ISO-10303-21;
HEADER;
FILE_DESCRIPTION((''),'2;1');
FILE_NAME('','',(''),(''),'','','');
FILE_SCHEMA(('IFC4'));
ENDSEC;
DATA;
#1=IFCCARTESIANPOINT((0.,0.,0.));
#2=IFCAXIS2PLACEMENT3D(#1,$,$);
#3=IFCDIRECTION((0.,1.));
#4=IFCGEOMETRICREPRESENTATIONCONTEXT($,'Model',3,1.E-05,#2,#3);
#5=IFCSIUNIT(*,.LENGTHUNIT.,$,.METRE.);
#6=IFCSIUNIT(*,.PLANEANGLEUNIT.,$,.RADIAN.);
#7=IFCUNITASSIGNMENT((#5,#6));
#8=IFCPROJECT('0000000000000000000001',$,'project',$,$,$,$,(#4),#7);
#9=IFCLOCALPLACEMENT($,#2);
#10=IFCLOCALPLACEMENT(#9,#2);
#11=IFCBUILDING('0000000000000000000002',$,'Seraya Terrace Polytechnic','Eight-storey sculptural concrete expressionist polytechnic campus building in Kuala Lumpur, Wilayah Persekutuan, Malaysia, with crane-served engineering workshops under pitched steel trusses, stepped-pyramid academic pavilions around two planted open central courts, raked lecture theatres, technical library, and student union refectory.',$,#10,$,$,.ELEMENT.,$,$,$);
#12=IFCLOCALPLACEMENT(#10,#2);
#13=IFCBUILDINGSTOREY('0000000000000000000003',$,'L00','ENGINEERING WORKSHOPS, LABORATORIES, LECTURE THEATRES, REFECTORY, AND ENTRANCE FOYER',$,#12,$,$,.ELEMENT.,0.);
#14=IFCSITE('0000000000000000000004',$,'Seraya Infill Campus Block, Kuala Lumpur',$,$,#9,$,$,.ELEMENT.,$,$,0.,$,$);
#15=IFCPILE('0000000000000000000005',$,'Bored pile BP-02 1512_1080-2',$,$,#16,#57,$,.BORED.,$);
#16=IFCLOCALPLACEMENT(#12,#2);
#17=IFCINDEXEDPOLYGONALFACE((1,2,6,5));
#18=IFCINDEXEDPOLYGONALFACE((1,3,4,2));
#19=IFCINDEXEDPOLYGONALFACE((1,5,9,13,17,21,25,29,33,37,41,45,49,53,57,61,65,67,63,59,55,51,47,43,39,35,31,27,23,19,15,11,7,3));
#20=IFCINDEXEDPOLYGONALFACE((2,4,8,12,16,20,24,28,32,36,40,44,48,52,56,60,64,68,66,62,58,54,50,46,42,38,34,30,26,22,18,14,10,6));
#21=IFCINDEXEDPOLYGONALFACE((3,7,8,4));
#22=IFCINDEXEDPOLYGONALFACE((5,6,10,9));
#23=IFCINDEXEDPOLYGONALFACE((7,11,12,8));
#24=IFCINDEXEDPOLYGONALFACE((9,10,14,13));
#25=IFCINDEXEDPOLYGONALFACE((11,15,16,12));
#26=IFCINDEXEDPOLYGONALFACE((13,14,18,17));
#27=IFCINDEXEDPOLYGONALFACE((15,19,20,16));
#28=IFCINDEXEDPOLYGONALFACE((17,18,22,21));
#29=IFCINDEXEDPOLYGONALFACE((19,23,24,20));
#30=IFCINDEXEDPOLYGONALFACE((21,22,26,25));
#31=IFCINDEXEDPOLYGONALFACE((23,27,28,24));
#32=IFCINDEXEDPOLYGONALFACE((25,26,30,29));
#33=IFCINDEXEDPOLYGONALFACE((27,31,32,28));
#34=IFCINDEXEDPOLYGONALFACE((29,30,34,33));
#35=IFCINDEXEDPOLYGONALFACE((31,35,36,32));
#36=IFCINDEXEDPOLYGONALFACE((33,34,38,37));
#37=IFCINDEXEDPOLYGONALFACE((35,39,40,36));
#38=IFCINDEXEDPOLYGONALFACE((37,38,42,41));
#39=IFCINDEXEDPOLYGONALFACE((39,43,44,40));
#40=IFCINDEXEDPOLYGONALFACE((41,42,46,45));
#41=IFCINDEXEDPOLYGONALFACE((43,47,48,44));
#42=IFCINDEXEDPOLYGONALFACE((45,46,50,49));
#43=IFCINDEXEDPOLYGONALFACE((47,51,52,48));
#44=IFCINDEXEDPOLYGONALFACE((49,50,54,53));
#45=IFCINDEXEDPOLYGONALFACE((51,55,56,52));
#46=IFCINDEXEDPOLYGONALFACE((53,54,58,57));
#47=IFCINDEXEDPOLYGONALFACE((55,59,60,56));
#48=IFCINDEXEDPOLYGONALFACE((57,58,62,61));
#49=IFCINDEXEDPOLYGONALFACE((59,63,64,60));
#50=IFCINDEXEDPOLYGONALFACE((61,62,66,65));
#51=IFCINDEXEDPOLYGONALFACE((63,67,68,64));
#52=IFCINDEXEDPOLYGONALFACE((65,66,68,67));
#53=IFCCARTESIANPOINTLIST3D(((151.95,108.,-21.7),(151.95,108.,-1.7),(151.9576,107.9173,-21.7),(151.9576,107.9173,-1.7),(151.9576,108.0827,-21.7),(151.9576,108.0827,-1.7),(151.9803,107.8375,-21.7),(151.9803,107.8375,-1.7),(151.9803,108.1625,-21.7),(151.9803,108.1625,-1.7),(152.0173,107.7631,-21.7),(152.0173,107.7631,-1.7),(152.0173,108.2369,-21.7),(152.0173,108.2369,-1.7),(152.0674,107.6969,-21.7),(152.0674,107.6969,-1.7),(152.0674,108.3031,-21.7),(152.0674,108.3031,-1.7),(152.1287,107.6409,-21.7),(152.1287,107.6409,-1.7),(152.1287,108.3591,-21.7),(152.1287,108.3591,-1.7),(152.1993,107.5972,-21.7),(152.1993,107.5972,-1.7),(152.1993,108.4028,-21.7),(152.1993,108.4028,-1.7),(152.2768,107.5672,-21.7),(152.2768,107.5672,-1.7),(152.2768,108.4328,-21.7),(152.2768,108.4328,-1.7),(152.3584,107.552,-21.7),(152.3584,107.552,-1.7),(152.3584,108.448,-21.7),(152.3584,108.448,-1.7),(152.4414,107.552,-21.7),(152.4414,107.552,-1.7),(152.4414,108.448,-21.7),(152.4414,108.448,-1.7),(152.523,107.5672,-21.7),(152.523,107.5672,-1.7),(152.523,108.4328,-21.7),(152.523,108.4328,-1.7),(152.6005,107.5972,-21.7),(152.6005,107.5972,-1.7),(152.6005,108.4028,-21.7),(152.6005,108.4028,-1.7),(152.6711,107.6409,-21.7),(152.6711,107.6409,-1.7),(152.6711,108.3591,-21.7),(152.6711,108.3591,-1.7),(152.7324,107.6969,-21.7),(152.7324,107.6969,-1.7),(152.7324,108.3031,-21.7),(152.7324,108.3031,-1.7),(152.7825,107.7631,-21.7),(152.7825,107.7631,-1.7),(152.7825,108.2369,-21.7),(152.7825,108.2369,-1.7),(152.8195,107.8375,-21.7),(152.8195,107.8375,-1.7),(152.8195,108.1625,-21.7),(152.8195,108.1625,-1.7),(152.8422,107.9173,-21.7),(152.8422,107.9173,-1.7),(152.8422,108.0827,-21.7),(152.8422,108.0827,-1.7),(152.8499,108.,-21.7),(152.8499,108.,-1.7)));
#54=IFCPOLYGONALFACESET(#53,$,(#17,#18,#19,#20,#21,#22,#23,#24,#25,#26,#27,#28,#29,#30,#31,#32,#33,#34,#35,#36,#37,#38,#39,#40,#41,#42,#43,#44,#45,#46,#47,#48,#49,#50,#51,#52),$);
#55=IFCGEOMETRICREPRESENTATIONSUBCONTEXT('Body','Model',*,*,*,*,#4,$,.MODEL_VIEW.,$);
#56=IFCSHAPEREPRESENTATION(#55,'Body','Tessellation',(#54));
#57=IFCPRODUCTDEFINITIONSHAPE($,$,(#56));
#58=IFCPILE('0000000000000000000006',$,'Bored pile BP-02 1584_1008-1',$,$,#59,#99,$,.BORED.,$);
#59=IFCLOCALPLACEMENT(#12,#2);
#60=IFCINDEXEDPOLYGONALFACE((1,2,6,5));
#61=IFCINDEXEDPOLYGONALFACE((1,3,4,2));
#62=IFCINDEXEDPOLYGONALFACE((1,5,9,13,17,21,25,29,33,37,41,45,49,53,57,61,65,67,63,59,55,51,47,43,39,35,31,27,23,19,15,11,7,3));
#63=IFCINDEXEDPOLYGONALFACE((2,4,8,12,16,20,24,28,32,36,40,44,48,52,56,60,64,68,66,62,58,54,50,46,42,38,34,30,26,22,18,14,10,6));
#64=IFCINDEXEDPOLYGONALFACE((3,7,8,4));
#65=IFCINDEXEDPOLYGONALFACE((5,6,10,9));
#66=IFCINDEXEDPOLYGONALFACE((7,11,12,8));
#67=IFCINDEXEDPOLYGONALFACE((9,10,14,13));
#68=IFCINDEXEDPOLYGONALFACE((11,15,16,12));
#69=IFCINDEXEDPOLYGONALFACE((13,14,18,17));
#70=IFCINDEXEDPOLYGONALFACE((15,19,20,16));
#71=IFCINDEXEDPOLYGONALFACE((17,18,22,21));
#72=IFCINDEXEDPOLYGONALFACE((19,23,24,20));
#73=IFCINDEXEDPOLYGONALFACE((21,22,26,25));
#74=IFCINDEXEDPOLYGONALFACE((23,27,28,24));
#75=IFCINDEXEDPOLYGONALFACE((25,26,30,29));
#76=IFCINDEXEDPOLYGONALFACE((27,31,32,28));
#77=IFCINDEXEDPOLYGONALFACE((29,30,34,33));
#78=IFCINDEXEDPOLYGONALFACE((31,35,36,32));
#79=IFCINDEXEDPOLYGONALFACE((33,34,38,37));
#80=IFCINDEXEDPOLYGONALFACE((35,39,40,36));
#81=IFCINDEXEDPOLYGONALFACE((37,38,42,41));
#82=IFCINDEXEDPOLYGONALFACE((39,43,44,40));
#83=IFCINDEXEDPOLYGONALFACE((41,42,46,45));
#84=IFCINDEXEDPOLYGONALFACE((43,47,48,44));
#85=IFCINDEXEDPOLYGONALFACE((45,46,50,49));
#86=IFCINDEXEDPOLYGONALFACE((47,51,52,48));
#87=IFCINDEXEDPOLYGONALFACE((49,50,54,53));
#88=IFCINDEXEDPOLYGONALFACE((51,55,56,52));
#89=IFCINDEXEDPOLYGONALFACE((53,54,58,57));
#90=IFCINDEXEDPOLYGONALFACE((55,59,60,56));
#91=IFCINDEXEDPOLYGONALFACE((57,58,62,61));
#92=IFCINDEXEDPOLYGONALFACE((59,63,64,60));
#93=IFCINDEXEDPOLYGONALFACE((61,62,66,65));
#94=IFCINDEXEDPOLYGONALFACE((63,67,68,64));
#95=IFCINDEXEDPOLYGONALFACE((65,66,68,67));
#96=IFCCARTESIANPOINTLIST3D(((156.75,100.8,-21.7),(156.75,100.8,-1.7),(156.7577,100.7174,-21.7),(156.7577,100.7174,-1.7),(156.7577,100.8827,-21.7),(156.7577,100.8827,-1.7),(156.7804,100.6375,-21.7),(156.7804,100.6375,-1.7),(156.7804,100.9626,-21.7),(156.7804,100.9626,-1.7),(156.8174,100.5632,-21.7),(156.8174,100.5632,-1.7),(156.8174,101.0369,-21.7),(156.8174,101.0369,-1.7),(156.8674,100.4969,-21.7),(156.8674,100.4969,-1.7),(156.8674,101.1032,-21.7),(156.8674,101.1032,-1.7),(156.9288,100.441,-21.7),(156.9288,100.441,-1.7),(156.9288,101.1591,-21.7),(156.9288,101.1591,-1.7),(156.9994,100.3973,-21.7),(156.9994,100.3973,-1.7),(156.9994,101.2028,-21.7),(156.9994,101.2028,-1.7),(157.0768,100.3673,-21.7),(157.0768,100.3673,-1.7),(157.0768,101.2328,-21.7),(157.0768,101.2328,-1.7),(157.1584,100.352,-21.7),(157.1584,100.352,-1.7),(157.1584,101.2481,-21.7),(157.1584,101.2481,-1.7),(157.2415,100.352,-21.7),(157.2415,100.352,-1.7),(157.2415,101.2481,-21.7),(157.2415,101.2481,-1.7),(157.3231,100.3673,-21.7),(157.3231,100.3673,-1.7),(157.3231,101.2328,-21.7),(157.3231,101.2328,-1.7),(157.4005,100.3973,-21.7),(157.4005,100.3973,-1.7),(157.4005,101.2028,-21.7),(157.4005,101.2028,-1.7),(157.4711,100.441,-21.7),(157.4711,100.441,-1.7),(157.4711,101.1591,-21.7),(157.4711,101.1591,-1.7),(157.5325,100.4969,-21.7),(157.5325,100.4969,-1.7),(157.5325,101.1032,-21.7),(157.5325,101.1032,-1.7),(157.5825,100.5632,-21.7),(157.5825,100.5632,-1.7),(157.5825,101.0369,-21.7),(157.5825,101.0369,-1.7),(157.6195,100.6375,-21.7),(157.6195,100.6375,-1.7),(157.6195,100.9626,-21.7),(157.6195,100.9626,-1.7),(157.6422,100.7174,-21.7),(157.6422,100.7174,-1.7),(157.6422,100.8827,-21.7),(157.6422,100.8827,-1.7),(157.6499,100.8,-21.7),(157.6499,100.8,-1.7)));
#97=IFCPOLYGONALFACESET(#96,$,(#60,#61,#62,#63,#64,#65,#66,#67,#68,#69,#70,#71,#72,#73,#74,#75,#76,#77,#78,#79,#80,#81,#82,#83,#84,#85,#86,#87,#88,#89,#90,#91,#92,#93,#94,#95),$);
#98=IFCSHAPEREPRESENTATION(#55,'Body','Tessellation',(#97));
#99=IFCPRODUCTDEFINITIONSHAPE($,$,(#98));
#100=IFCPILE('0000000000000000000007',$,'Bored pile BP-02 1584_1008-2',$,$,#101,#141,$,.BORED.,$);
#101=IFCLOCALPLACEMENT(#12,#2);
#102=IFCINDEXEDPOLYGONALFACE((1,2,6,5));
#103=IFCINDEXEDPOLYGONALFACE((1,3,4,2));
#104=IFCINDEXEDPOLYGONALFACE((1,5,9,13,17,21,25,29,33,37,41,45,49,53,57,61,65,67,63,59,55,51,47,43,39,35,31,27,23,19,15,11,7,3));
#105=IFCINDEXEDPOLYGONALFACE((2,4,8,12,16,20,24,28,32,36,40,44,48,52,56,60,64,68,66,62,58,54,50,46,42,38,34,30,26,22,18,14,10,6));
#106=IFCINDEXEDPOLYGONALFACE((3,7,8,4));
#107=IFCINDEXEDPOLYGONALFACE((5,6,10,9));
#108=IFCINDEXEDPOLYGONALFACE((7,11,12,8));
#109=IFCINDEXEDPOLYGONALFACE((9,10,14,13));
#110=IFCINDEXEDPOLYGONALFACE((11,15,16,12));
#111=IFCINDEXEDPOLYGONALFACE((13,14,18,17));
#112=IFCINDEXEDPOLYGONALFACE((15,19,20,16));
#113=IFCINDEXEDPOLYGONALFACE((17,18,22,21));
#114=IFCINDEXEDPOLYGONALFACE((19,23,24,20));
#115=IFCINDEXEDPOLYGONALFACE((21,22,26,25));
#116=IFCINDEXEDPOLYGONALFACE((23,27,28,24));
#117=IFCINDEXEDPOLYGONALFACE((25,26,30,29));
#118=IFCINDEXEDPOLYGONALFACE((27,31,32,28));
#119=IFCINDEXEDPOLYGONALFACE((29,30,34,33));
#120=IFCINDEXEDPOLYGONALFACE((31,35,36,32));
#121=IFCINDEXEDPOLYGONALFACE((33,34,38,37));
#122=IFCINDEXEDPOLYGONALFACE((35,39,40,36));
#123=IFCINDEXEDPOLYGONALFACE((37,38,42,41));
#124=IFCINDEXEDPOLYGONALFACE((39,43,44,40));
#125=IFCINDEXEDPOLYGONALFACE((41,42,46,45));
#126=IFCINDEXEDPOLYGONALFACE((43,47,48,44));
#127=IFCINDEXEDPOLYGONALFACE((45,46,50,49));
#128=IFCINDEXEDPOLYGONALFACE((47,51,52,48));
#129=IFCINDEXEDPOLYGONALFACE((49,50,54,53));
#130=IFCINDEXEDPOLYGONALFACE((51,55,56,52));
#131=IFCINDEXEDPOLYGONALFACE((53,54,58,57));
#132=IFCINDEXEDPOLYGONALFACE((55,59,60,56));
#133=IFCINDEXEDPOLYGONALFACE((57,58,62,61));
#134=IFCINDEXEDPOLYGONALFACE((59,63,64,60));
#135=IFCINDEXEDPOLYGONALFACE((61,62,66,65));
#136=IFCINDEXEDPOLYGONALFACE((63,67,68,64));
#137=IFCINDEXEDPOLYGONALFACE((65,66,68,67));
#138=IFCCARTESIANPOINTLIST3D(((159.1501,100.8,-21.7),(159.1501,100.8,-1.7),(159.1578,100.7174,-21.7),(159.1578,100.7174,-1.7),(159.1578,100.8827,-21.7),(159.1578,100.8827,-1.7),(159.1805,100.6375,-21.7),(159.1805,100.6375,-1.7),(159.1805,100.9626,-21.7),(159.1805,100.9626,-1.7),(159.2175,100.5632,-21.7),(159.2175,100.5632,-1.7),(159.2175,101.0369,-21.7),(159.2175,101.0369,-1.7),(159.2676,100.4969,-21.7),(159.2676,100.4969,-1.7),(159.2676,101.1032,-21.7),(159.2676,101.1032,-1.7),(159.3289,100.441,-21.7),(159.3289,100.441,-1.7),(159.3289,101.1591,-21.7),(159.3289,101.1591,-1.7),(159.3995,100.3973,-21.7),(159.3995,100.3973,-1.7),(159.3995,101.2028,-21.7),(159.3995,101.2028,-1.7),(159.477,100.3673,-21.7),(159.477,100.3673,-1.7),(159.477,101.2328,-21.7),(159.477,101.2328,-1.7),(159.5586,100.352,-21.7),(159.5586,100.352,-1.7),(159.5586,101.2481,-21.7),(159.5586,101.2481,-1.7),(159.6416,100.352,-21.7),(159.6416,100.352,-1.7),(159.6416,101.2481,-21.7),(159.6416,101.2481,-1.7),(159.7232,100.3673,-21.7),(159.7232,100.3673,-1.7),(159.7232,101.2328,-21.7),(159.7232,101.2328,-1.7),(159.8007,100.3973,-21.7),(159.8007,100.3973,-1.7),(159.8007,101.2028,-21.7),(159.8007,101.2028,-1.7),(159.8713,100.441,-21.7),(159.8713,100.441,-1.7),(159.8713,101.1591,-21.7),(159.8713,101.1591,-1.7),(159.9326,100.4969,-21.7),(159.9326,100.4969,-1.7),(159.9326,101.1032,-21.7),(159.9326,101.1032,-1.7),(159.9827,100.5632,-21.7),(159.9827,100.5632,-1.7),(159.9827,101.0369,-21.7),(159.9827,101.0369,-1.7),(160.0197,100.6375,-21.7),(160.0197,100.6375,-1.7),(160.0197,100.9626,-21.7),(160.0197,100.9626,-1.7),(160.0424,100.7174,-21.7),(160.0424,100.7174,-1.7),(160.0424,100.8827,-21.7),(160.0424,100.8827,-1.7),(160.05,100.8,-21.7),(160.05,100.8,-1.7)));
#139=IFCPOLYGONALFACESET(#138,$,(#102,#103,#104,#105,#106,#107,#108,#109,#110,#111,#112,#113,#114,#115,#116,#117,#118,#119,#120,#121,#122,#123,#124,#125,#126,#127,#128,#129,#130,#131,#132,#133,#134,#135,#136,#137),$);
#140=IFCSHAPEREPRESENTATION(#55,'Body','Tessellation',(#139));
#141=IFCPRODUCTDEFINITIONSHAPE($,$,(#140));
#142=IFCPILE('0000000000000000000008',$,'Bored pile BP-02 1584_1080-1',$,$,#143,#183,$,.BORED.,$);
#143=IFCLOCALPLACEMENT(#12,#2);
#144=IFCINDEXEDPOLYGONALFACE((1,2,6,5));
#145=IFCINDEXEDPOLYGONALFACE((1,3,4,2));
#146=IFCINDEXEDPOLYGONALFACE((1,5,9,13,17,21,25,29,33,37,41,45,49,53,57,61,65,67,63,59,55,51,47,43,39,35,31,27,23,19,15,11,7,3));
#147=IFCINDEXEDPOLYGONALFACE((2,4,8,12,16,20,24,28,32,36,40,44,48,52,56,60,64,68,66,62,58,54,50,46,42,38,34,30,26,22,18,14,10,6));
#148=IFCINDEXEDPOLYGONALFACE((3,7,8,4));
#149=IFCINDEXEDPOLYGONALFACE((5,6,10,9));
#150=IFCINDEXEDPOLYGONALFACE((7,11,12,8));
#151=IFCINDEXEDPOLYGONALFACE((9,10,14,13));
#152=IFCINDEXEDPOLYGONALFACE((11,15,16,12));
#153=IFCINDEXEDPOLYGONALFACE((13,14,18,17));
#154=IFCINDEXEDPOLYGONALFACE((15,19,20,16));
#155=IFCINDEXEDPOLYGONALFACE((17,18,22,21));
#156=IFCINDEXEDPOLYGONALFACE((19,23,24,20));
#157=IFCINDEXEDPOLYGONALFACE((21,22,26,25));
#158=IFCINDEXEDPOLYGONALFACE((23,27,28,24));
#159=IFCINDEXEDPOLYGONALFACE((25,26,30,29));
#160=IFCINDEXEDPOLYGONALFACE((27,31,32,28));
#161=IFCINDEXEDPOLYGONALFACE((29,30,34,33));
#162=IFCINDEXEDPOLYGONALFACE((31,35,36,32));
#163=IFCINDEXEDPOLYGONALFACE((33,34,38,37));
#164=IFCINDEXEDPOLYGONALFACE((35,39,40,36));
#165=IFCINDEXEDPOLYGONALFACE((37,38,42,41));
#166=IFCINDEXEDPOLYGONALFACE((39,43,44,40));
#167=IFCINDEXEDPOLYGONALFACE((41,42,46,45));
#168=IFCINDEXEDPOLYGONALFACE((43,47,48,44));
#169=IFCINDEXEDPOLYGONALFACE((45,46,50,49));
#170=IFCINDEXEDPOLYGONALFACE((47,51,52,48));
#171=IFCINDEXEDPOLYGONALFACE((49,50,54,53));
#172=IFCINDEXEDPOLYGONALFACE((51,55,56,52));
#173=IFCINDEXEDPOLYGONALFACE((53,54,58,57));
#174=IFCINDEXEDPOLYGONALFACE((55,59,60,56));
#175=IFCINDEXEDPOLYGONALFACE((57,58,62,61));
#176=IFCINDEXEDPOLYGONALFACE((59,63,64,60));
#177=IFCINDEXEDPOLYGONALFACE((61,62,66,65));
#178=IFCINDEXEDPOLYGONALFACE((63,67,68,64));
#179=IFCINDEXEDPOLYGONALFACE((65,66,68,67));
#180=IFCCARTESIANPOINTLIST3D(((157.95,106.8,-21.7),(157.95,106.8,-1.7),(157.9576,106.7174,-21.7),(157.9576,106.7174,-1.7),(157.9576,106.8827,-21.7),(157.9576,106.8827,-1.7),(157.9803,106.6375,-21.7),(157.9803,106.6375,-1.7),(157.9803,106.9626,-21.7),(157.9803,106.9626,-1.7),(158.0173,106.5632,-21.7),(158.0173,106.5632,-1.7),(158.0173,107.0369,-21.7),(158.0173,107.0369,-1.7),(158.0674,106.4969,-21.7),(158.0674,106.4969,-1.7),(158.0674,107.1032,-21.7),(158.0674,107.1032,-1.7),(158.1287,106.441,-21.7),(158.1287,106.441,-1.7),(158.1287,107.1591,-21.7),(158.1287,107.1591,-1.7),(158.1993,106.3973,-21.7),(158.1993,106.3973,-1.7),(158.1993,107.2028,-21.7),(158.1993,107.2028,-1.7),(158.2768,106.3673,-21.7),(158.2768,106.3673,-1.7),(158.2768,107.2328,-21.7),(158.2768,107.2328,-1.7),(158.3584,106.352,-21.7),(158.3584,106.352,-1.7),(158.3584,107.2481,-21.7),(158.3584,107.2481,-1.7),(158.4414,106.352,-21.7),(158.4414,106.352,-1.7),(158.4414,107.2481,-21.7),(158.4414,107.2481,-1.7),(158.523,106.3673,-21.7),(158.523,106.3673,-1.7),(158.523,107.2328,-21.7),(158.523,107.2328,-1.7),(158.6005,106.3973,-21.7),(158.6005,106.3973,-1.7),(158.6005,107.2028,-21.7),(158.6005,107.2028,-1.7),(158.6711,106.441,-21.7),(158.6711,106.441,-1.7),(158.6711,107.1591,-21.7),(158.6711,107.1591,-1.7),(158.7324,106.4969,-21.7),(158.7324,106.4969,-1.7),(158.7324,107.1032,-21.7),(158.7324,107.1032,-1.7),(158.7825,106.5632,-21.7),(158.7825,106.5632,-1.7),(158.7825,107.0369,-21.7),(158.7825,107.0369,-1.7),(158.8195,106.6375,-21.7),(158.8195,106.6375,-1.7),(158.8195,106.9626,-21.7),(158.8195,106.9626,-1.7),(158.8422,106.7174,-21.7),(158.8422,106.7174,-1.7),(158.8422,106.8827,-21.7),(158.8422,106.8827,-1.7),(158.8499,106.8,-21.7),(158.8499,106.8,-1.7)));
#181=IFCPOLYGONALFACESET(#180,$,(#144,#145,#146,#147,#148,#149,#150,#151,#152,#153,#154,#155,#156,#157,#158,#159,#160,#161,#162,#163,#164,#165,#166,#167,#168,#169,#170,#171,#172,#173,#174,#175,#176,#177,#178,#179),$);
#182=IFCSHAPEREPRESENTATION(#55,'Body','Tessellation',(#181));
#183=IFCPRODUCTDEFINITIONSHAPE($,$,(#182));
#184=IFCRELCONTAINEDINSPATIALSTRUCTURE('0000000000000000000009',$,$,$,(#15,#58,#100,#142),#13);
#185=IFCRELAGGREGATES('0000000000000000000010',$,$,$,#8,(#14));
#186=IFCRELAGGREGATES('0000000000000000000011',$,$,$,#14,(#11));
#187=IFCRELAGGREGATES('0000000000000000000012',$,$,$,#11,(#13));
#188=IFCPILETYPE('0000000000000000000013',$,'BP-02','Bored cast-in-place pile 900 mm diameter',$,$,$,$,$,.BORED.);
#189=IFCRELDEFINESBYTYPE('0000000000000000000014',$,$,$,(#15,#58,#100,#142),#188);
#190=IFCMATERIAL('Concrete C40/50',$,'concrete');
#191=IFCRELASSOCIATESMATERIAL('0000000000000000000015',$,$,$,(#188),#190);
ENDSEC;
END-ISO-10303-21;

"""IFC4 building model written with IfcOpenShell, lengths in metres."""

from ifc_helpers import new_model, si_unit, direction, frame, origin, origin_2d, place, context, subcontext, project, spatial, circle, extrude, material, material_profile, profile_set, type_object, element, save


model = new_model("IFC4")

# Units and contexts
model_context = context("Model", 3, precision=1e-05, world=origin(), true_north=direction((0.0, 1.0)))
body_context = subcontext(model_context, "Body", "Model", "MODEL_VIEW")
ifc_project = project(units=[si_unit("LENGTHUNIT", "METRE"), si_unit("PLANEANGLEUNIT", "RADIAN")], contexts=[model_context])

# Site, building, storey
site_placement = place(None, origin())
site = spatial("IfcSite", under=ifc_project, at=site_placement, Name="Seraya Infill Campus Block, Kuala Lumpur", CompositionType="ELEMENT", RefElevation=0.0)
building_placement = place(site_placement, origin())
building = spatial("IfcBuilding", under=site, at=building_placement, Name="Seraya Terrace Polytechnic", Description="Eight-storey sculptural concrete expressionist polytechnic campus building in Kuala Lumpur, Wilayah Persekutuan, Malaysia, with crane-served engineering workshops under pitched steel trusses, stepped-pyramid academic pavilions around two planted open central courts, raked lecture theatres, technical library, and student union refectory.", CompositionType="ELEMENT")
storey_placement = place(building_placement, origin())
storey = spatial("IfcBuildingStorey", under=building, at=storey_placement, Name="L00", Description="ENGINEERING WORKSHOPS, LABORATORIES, LECTURE THEATRES, REFECTORY, AND ENTRANCE FOYER", CompositionType="ELEMENT", Elevation=0.0)

# Piles
ifc_material_1 = material(Name="Concrete C40/50", Category="concrete")
ifc_material_profile_1 = material_profile(ifc_material_1, circle(Radius=0.45, at=origin_2d()), Name="DIA 900")
ifc_profile_set_1 = profile_set([ifc_material_profile_1], Name="Concrete C40/50")
pile_type = type_object("IfcPileType", Name="BP-02", Description="Bored cast-in-place pile 900 mm diameter", PredefinedType="BORED", material=ifc_profile_set_1)
for number, where, z_axis, x_axis, name in (
    (1, (152.3999, 108.0, -1.7), (0.0, 0.0, -1.0), (1.0, 0.0, 0.0), "Bored pile BP-02 1512_1080-2"),
    (2, (157.2, 100.8, -1.7), (0.0, 0.0, -1.0), (1.0, 0.0, 0.0), "Bored pile BP-02 1584_1008-1"),
    (3, (159.6001, 100.8, -1.7), (0.0, 0.0, -1.0), (1.0, 0.0, 0.0), "Bored pile BP-02 1584_1008-2"),
    (4, (158.3999, 106.8, -1.7), (0.0, 0.0, -1.0), (1.0, 0.0, 0.0), "Bored pile BP-02 1584_1080-1"),
):
    element("IfcPile", number, at=place(storey_placement, frame(where, z_axis=z_axis, x_axis=x_axis)), inside=storey, type_object=pile_type, Name=name, PredefinedType="BORED", context=body_context, shape_type="SweptSolid", body=[
        extrude(circle(Radius=0.45, at=origin_2d()), origin(), (0.0, 0.0, 1.0), 20.0),
    ])

save(model, "model.ifc")
